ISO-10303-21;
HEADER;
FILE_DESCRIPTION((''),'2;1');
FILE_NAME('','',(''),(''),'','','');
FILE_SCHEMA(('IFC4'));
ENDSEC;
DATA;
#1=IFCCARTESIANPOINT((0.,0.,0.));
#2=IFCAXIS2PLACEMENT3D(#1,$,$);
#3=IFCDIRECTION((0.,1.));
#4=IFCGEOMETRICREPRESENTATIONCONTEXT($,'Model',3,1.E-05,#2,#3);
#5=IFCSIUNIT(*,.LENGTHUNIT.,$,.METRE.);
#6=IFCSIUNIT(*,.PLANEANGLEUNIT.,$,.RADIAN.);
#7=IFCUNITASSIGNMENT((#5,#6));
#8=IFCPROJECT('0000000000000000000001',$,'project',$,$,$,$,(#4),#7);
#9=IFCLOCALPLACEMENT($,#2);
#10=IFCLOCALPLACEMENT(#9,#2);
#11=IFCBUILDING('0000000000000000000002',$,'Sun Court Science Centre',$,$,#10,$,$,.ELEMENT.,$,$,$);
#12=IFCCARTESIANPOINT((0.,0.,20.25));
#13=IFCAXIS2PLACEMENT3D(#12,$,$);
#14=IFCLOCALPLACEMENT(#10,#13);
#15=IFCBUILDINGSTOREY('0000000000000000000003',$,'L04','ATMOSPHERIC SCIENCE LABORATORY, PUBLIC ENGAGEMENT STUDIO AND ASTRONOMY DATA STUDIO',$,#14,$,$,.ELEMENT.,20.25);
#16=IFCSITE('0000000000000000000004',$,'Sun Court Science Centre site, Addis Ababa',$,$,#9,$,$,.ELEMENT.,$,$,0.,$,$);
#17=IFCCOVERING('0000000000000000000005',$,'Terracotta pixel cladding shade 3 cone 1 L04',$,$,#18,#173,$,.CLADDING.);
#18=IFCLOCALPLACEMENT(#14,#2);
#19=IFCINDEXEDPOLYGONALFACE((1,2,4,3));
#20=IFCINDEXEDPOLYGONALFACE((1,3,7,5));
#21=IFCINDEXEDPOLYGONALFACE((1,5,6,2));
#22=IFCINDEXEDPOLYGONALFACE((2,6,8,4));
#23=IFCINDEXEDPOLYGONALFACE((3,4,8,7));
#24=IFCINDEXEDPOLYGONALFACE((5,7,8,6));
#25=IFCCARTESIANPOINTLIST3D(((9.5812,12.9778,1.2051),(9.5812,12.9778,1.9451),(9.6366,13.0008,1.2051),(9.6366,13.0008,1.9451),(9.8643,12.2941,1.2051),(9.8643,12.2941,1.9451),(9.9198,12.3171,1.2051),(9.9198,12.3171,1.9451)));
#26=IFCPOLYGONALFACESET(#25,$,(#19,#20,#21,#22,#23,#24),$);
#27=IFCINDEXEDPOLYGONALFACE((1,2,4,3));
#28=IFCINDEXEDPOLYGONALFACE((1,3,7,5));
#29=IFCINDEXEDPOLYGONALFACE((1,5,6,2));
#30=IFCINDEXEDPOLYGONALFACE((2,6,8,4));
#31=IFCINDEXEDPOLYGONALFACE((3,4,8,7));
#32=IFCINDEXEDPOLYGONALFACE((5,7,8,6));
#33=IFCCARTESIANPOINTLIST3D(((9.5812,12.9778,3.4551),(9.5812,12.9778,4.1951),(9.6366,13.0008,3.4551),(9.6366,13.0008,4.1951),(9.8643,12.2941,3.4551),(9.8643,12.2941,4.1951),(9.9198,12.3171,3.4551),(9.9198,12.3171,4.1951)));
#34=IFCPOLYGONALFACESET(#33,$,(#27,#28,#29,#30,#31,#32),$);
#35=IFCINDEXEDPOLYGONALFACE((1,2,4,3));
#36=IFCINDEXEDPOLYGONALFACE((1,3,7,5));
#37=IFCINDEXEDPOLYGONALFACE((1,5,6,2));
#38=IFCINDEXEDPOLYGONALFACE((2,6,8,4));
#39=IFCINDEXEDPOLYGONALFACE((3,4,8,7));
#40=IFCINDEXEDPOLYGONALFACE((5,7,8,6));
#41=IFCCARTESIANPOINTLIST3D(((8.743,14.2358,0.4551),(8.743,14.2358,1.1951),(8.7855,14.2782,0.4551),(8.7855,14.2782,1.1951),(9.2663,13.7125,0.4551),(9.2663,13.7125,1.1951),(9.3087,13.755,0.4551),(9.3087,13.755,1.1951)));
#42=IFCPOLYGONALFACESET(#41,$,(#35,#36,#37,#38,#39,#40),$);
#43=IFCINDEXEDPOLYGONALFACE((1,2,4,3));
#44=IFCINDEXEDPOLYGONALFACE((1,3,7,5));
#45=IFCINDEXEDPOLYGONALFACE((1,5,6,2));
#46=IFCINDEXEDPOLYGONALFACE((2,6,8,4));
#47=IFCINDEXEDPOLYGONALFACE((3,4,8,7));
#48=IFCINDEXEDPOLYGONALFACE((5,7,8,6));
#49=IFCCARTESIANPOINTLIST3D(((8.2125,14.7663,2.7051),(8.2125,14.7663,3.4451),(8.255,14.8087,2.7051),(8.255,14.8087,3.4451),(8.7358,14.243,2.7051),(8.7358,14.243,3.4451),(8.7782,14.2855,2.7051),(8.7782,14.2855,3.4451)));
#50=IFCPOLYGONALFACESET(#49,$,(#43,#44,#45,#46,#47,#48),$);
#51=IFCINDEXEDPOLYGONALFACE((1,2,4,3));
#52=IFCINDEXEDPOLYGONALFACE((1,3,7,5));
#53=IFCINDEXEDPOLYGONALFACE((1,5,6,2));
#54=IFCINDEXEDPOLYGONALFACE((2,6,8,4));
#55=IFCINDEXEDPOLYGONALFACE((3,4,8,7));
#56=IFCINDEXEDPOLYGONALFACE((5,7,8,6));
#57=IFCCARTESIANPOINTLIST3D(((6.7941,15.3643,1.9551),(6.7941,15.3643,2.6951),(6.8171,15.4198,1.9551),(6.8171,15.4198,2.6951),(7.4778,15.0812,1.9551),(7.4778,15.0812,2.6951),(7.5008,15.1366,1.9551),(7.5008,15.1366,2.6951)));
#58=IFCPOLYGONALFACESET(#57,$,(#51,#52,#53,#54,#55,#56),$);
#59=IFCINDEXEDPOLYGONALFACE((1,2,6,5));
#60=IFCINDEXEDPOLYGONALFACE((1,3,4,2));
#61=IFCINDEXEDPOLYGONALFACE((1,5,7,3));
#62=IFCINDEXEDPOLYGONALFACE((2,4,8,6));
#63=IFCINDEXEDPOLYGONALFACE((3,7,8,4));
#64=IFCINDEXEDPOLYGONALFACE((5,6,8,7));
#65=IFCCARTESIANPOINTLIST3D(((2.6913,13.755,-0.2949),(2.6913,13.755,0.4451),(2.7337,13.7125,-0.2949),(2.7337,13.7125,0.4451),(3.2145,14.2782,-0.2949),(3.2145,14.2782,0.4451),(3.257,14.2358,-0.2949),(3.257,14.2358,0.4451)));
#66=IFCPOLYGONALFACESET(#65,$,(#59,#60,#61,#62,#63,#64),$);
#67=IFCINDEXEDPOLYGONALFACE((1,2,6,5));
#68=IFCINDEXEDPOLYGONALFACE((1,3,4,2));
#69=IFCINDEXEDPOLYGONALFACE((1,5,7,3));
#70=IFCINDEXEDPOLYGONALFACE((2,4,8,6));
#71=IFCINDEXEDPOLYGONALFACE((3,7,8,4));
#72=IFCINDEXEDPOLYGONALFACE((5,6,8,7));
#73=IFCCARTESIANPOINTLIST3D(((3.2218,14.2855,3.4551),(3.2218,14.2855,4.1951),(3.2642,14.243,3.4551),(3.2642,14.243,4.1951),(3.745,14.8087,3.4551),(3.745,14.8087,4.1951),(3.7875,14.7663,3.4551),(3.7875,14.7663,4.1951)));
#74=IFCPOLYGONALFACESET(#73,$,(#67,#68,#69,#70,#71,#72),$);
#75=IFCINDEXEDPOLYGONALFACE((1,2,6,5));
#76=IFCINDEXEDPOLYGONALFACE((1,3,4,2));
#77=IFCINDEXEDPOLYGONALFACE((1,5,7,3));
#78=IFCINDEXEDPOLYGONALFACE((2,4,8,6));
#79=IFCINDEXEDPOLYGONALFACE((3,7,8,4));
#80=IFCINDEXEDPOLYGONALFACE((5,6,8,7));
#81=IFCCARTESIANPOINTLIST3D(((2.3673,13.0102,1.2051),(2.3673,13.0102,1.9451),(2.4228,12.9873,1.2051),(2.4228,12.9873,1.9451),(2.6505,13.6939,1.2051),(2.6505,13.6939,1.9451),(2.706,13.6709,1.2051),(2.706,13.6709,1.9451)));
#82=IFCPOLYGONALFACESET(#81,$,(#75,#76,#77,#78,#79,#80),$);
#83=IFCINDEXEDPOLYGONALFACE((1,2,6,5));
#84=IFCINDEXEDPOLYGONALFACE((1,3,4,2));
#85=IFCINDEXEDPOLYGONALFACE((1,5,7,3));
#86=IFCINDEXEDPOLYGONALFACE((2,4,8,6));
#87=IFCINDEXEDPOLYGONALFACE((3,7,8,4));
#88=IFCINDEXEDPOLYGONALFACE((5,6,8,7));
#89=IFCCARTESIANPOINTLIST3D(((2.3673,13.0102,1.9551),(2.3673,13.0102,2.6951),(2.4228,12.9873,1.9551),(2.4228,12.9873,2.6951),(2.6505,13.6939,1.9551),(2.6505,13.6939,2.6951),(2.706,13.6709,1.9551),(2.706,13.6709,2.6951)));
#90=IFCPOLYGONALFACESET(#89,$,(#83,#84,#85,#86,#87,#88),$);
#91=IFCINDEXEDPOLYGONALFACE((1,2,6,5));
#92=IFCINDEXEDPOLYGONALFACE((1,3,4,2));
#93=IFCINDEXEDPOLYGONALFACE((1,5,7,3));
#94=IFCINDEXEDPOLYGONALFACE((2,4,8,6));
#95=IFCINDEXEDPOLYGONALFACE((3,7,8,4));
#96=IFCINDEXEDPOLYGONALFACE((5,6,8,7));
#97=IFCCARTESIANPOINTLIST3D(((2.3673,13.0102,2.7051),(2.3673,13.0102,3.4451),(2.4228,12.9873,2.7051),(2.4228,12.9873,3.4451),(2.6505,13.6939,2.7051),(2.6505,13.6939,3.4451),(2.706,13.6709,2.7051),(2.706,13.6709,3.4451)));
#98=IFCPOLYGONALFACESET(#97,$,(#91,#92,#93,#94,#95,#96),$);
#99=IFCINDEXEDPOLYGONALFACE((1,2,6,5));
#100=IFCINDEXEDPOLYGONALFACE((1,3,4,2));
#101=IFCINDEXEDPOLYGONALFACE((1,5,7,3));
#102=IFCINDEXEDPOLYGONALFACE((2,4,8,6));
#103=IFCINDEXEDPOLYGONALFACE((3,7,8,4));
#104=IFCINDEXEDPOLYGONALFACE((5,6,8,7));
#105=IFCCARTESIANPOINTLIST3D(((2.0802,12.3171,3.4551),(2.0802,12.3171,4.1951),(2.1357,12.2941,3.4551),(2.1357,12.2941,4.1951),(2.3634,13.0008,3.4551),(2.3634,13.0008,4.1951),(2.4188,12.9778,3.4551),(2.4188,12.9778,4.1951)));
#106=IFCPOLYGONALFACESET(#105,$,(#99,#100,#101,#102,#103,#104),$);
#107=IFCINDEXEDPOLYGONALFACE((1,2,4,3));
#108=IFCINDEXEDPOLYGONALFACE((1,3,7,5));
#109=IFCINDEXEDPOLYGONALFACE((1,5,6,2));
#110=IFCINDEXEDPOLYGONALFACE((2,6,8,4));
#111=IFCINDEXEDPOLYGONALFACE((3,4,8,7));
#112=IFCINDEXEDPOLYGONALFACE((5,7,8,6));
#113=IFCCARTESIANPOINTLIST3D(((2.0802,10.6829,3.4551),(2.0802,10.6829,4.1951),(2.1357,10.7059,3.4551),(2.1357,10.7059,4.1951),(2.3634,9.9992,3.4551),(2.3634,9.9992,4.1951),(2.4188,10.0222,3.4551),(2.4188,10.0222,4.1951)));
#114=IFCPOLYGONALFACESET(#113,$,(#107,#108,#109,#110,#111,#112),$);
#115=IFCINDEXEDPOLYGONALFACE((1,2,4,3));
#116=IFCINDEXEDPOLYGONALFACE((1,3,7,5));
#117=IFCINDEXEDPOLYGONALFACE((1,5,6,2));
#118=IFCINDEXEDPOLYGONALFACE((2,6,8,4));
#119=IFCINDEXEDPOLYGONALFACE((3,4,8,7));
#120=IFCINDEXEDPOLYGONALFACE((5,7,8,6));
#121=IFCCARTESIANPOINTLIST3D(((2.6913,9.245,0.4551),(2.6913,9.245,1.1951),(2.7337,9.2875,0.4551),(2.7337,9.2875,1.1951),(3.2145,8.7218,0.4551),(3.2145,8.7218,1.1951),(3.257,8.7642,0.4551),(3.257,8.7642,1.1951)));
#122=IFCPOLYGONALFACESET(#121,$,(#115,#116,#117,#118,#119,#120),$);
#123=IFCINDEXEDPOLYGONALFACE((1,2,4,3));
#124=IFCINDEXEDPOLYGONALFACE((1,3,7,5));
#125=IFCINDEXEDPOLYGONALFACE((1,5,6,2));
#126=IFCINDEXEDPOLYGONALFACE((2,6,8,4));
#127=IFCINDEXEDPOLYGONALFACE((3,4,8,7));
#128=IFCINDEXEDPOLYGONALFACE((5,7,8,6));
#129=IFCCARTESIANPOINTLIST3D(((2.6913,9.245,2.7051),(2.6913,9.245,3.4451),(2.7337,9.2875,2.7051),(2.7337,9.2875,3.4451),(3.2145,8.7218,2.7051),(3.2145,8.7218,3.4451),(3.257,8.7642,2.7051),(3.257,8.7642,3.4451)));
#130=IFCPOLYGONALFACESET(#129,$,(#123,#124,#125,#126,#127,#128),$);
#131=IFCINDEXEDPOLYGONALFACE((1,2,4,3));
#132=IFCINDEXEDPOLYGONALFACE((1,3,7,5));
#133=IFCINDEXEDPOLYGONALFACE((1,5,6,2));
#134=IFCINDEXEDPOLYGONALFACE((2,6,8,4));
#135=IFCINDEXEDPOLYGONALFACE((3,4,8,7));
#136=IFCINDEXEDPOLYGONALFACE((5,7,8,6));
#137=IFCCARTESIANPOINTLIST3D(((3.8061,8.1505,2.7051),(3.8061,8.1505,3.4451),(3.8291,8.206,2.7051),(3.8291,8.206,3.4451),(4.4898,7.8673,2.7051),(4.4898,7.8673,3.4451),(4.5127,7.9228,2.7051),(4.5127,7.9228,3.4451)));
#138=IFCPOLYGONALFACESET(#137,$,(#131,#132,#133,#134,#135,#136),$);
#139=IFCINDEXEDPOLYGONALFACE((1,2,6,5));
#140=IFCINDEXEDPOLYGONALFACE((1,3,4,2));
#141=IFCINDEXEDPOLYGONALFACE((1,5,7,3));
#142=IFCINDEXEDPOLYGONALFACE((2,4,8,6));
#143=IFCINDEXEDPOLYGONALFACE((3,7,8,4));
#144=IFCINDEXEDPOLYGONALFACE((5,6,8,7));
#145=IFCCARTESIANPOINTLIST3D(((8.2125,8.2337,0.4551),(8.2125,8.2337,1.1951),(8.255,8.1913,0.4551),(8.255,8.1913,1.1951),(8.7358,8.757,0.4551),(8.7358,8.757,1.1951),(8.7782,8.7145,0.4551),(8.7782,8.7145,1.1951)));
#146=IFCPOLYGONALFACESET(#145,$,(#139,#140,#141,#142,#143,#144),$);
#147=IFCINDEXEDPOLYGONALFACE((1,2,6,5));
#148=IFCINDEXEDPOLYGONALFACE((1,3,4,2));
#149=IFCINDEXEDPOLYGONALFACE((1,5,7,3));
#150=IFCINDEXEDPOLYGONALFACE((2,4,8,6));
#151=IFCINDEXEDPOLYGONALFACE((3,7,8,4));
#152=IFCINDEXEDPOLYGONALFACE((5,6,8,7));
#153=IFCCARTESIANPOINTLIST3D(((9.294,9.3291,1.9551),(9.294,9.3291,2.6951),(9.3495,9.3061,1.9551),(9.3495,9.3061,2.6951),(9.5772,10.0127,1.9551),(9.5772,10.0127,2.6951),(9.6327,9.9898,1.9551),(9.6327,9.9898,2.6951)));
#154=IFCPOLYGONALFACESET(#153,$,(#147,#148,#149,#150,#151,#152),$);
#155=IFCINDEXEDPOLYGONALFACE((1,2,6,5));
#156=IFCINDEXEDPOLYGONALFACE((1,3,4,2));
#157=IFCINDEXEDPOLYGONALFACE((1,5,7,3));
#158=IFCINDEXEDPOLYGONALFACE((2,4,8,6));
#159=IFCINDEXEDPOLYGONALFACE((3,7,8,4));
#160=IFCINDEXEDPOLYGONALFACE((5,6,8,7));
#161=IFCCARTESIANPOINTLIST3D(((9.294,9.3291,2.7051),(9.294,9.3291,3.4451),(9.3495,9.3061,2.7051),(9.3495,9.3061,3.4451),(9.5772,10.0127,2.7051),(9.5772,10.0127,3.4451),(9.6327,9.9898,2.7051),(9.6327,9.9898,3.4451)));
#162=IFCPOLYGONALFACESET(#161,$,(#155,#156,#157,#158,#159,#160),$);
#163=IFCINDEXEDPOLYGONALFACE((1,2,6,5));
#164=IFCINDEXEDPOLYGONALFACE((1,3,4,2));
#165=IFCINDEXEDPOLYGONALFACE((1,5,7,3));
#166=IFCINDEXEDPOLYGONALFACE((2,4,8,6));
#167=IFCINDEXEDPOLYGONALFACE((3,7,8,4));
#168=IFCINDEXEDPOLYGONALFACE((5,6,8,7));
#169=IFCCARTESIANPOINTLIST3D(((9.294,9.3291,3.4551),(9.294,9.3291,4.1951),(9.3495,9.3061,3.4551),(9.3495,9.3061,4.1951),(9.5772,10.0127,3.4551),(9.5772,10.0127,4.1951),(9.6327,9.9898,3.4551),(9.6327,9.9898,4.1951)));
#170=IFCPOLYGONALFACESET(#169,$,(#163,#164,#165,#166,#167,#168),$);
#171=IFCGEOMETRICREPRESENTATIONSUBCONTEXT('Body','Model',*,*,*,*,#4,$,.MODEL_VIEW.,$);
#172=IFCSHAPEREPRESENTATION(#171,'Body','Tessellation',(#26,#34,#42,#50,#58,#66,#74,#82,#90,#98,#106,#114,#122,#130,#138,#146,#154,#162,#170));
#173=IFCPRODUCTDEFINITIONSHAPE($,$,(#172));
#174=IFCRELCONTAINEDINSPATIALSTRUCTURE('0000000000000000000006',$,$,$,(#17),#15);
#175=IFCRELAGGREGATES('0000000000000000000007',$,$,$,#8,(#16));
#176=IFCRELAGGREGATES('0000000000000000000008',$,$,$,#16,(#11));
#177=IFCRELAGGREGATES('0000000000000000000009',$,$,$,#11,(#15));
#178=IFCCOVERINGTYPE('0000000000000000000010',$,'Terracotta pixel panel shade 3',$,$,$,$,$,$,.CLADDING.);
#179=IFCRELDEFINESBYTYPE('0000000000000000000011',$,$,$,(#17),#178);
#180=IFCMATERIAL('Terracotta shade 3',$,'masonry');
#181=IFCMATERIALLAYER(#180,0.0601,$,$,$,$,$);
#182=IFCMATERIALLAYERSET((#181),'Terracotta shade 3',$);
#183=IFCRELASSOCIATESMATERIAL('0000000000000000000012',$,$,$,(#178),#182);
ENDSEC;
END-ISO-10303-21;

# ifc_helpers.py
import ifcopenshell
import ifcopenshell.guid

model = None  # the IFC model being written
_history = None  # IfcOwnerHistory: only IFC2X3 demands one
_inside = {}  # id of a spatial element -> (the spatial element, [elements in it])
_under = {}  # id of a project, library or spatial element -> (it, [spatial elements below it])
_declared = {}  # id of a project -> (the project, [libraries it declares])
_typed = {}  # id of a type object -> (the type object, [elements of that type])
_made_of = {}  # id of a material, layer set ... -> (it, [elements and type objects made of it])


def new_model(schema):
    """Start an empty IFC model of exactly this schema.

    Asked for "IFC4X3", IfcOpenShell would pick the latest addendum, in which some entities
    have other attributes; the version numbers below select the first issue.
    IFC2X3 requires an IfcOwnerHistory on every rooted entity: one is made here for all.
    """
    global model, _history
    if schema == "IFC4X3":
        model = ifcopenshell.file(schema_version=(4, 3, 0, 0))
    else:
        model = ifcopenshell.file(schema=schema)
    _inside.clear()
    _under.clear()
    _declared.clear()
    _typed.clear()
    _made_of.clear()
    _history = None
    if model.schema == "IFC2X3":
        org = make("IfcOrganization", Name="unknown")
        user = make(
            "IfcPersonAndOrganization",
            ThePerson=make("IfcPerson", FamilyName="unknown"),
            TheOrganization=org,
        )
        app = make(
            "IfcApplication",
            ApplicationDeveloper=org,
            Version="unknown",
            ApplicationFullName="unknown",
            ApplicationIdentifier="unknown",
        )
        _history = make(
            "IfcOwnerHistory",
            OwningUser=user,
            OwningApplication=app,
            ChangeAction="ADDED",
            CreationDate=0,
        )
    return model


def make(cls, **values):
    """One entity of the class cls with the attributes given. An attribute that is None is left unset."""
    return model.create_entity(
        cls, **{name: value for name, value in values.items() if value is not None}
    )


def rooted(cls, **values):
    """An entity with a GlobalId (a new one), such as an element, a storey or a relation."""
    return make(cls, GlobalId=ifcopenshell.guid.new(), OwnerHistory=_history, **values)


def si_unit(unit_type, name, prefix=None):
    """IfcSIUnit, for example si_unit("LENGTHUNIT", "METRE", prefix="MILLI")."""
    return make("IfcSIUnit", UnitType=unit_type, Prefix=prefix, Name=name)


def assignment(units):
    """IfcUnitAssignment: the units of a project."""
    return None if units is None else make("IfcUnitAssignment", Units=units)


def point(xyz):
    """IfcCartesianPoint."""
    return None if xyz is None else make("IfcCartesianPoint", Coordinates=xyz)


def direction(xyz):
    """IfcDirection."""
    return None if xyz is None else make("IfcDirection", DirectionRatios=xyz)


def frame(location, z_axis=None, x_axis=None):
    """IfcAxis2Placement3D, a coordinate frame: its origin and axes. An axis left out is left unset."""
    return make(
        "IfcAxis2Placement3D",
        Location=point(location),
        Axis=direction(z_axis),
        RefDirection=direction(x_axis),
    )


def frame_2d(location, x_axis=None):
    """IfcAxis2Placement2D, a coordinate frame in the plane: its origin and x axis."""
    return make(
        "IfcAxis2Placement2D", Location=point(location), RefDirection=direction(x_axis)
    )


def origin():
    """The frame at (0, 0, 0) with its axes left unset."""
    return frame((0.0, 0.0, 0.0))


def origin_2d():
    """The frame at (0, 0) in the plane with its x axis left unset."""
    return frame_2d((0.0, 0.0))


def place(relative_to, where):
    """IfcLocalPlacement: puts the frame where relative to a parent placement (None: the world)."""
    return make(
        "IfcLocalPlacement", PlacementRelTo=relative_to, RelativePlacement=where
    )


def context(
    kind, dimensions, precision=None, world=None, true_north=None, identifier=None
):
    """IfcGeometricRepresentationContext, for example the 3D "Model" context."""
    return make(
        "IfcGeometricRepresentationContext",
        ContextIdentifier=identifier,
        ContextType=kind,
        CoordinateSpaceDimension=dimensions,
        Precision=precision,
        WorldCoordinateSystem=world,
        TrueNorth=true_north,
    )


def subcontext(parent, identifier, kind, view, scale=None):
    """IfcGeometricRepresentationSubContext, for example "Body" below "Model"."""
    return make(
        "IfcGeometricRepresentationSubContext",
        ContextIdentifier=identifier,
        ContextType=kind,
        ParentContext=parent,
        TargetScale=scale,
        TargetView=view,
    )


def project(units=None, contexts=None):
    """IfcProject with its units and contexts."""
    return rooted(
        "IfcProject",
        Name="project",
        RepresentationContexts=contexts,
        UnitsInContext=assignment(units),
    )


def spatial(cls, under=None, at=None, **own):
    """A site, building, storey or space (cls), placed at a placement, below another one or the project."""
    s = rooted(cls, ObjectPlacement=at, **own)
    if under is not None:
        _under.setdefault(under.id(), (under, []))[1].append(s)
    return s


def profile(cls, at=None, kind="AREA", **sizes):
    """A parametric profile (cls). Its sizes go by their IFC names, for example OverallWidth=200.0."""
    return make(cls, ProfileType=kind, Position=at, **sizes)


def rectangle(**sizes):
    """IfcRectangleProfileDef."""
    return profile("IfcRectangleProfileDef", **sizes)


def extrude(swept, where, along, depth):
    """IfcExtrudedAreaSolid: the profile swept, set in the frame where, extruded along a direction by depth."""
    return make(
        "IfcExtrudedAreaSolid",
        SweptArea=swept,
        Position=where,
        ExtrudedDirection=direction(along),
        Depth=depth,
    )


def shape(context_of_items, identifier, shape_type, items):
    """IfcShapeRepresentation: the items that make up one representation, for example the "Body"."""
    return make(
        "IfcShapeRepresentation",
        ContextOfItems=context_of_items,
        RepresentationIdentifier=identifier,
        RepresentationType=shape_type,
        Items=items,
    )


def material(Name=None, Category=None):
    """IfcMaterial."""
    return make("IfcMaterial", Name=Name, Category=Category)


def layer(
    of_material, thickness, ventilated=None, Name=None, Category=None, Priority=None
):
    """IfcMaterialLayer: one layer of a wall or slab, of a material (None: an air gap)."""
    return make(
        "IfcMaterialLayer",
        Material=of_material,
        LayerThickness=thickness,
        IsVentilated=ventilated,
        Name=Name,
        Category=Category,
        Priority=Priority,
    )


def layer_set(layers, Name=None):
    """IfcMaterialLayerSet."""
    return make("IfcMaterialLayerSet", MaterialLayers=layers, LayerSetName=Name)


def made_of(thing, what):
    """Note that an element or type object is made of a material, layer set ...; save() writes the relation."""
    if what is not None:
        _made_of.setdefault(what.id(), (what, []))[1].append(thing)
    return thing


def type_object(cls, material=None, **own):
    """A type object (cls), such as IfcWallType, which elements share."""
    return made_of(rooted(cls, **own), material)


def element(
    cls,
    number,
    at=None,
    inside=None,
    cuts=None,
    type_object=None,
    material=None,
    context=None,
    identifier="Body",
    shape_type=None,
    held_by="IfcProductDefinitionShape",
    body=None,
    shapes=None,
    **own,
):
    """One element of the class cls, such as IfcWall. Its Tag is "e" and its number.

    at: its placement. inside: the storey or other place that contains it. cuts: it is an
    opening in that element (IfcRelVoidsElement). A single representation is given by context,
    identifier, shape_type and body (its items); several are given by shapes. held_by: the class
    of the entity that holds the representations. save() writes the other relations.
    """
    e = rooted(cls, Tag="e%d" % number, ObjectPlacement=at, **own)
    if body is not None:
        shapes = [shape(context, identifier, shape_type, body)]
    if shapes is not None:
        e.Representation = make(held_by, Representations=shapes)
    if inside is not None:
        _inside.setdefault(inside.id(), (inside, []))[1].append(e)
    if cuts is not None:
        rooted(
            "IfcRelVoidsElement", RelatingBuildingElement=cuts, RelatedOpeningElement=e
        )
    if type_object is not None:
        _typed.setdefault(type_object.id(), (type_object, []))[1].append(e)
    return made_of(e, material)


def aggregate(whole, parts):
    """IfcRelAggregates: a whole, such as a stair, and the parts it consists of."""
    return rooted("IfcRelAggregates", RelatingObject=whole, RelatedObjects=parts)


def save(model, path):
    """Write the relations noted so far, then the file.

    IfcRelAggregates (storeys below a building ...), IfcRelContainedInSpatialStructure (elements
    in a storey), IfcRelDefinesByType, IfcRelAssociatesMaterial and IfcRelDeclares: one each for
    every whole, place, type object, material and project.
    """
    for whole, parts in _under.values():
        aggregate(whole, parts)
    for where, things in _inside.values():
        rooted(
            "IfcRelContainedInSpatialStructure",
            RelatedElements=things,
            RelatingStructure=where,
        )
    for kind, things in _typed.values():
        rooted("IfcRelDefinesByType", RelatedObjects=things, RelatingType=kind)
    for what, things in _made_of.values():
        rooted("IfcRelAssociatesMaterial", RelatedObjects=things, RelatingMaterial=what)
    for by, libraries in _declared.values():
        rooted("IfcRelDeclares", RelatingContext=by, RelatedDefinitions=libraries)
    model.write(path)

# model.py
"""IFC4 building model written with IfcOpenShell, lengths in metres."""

from ifc_helpers import new_model, si_unit, direction, frame, origin, origin_2d, place, context, subcontext, project, spatial, rectangle, extrude, material, layer, layer_set, type_object, element, save


model = new_model("IFC4")

# Units and contexts
model_context = context("Model", 3, precision=1e-05, world=origin(), true_north=direction((0.0, 1.0)))
body_context = subcontext(model_context, "Body", "Model", "MODEL_VIEW")
ifc_project = project(units=[si_unit("LENGTHUNIT", "METRE"), si_unit("PLANEANGLEUNIT", "RADIAN")], contexts=[model_context])

# Site, building, storey
site_placement = place(None, origin())
site = spatial("IfcSite", under=ifc_project, at=site_placement, Name="Sun Court Science Centre site, Addis Ababa", CompositionType="ELEMENT", RefElevation=0.0)
building_placement = place(site_placement, origin())
building = spatial("IfcBuilding", under=site, at=building_placement, Name="Sun Court Science Centre", CompositionType="ELEMENT")
storey_placement = place(building_placement, frame((0.0, 0.0, 20.25)))
storey = spatial("IfcBuildingStorey", under=building, at=storey_placement, Name="L04", Description="ATMOSPHERIC SCIENCE LABORATORY, PUBLIC ENGAGEMENT STUDIO AND ASTRONOMY DATA STUDIO", CompositionType="ELEMENT", Elevation=20.25)

# Covering
ifc_material_1 = material(Name="Terracotta shade 3", Category="masonry")
ifc_layer_1 = layer(ifc_material_1, 0.0601)
ifc_layer_set_1 = layer_set([ifc_layer_1], Name="Terracotta shade 3")
covering_type_1 = type_object("IfcCoveringType", Name="Terracotta pixel panel shade 3", PredefinedType="CLADDING", material=ifc_layer_set_1)
covering_1_placement = place(storey_placement, frame((0.0, 0.0, -20.25)))
element("IfcCovering", 1, at=covering_1_placement, inside=storey, type_object=covering_type_1, Name="Terracotta pixel cladding shade 3 cone 1 L04", PredefinedType="CLADDING", context=body_context, shape_type="SweptSolid", body=[
    extrude(rectangle(XDim=0.74, YDim=0.0601, at=origin_2d()), frame((9.7505, 12.6475, 21.4551), z_axis=(0.0, 0.0, 1.0), x_axis=(0.382683, -0.92388, 0.0)), (0.0, 0.0, 1.0), 0.74),
    extrude(rectangle(XDim=0.74, YDim=0.0601, at=origin_2d()), frame((9.7505, 12.6475, 23.7051), z_axis=(0.0, 0.0, 1.0), x_axis=(0.382683, -0.92388, 0.0)), (0.0, 0.0, 1.0), 0.74),
    extrude(rectangle(XDim=0.74, YDim=0.0601, at=origin_2d()), frame((9.0259, 13.9954, 20.7051), z_axis=(0.0, 0.0, 1.0), x_axis=(0.707107, -0.707107, 0.0)), (0.0, 0.0, 1.0), 0.74),
    extrude(rectangle(XDim=0.74, YDim=0.0601, at=origin_2d()), frame((8.4954, 14.5259, 22.9551), z_axis=(0.0, 0.0, 1.0), x_axis=(0.707107, -0.707107, 0.0)), (0.0, 0.0, 1.0), 0.74),
    extrude(rectangle(XDim=0.74, YDim=0.0601, at=origin_2d()), frame((7.1475, 15.2505, 22.2051), z_axis=(0.0, 0.0, 1.0), x_axis=(0.92388, -0.382683, 0.0)), (0.0, 0.0, 1.0), 0.74),
    extrude(rectangle(XDim=0.74, YDim=0.0601, at=origin_2d()), frame((2.9741, 13.9954, 19.9551), z_axis=(0.0, 0.0, 1.0), x_axis=(0.707107, 0.707107, 0.0)), (0.0, 0.0, 1.0), 0.74),
    extrude(rectangle(XDim=0.74, YDim=0.0601, at=origin_2d()), frame((3.5046, 14.5259, 23.7051), z_axis=(0.0, 0.0, 1.0), x_axis=(0.707107, 0.707107, 0.0)), (0.0, 0.0, 1.0), 0.74),
    extrude(rectangle(XDim=0.74, YDim=0.0601, at=origin_2d()), frame((2.5366, 13.3406, 21.4551), z_axis=(0.0, 0.0, 1.0), x_axis=(0.382683, 0.92388, 0.0)), (0.0, 0.0, 1.0), 0.74),
    extrude(rectangle(XDim=0.74, YDim=0.0601, at=origin_2d()), frame((2.5366, 13.3406, 22.2051), z_axis=(0.0, 0.0, 1.0), x_axis=(0.382683, 0.92388, 0.0)), (0.0, 0.0, 1.0), 0.74),
    extrude(rectangle(XDim=0.74, YDim=0.0601, at=origin_2d()), frame((2.5366, 13.3406, 22.9551), z_axis=(0.0, 0.0, 1.0), x_axis=(0.382683, 0.92388, 0.0)), (0.0, 0.0, 1.0), 0.74),
    extrude(rectangle(XDim=0.74, YDim=0.0601, at=origin_2d()), frame((2.2495, 12.6475, 23.7051), z_axis=(0.0, 0.0, 1.0), x_axis=(0.382683, 0.92388, 0.0)), (0.0, 0.0, 1.0), 0.74),
    extrude(rectangle(XDim=0.74, YDim=0.0601, at=origin_2d()), frame((2.2495, 10.3525, 23.7051), z_axis=(0.0, 0.0, 1.0), x_axis=(-0.382683, 0.92388, 0.0)), (0.0, 0.0, 1.0), 0.74),
    extrude(rectangle(XDim=0.74, YDim=0.0601, at=origin_2d()), frame((2.9741, 9.0046, 20.7051), z_axis=(0.0, 0.0, 1.0), x_axis=(-0.707107, 0.707107, 0.0)), (0.0, 0.0, 1.0), 0.74),
    extrude(rectangle(XDim=0.74, YDim=0.0601, at=origin_2d()), frame((2.9741, 9.0046, 22.9551), z_axis=(0.0, 0.0, 1.0), x_axis=(-0.707107, 0.707107, 0.0)), (0.0, 0.0, 1.0), 0.74),
    extrude(rectangle(XDim=0.74, YDim=0.0601, at=origin_2d()), frame((4.1594, 8.0366, 22.9551), z_axis=(0.0, 0.0, 1.0), x_axis=(-0.92388, 0.382683, 0.0)), (0.0, 0.0, 1.0), 0.74),
    extrude(rectangle(XDim=0.74, YDim=0.0601, at=origin_2d()), frame((8.4954, 8.4741, 20.7051), z_axis=(0.0, 0.0, 1.0), x_axis=(-0.707107, -0.707107, 0.0)), (0.0, 0.0, 1.0), 0.74),
    extrude(rectangle(XDim=0.74, YDim=0.0601, at=origin_2d()), frame((9.4634, 9.6594, 22.2051), z_axis=(0.0, 0.0, 1.0), x_axis=(-0.382683, -0.92388, 0.0)), (0.0, 0.0, 1.0), 0.74),
    extrude(rectangle(XDim=0.74, YDim=0.0601, at=origin_2d()), frame((9.4634, 9.6594, 22.9551), z_axis=(0.0, 0.0, 1.0), x_axis=(-0.382683, -0.92388, 0.0)), (0.0, 0.0, 1.0), 0.74),
    extrude(rectangle(XDim=0.74, YDim=0.0601, at=origin_2d()), frame((9.4634, 9.6594, 23.7051), z_axis=(0.0, 0.0, 1.0), x_axis=(-0.382683, -0.92388, 0.0)), (0.0, 0.0, 1.0), 0.74),
])

save(model, "model.ifc")
